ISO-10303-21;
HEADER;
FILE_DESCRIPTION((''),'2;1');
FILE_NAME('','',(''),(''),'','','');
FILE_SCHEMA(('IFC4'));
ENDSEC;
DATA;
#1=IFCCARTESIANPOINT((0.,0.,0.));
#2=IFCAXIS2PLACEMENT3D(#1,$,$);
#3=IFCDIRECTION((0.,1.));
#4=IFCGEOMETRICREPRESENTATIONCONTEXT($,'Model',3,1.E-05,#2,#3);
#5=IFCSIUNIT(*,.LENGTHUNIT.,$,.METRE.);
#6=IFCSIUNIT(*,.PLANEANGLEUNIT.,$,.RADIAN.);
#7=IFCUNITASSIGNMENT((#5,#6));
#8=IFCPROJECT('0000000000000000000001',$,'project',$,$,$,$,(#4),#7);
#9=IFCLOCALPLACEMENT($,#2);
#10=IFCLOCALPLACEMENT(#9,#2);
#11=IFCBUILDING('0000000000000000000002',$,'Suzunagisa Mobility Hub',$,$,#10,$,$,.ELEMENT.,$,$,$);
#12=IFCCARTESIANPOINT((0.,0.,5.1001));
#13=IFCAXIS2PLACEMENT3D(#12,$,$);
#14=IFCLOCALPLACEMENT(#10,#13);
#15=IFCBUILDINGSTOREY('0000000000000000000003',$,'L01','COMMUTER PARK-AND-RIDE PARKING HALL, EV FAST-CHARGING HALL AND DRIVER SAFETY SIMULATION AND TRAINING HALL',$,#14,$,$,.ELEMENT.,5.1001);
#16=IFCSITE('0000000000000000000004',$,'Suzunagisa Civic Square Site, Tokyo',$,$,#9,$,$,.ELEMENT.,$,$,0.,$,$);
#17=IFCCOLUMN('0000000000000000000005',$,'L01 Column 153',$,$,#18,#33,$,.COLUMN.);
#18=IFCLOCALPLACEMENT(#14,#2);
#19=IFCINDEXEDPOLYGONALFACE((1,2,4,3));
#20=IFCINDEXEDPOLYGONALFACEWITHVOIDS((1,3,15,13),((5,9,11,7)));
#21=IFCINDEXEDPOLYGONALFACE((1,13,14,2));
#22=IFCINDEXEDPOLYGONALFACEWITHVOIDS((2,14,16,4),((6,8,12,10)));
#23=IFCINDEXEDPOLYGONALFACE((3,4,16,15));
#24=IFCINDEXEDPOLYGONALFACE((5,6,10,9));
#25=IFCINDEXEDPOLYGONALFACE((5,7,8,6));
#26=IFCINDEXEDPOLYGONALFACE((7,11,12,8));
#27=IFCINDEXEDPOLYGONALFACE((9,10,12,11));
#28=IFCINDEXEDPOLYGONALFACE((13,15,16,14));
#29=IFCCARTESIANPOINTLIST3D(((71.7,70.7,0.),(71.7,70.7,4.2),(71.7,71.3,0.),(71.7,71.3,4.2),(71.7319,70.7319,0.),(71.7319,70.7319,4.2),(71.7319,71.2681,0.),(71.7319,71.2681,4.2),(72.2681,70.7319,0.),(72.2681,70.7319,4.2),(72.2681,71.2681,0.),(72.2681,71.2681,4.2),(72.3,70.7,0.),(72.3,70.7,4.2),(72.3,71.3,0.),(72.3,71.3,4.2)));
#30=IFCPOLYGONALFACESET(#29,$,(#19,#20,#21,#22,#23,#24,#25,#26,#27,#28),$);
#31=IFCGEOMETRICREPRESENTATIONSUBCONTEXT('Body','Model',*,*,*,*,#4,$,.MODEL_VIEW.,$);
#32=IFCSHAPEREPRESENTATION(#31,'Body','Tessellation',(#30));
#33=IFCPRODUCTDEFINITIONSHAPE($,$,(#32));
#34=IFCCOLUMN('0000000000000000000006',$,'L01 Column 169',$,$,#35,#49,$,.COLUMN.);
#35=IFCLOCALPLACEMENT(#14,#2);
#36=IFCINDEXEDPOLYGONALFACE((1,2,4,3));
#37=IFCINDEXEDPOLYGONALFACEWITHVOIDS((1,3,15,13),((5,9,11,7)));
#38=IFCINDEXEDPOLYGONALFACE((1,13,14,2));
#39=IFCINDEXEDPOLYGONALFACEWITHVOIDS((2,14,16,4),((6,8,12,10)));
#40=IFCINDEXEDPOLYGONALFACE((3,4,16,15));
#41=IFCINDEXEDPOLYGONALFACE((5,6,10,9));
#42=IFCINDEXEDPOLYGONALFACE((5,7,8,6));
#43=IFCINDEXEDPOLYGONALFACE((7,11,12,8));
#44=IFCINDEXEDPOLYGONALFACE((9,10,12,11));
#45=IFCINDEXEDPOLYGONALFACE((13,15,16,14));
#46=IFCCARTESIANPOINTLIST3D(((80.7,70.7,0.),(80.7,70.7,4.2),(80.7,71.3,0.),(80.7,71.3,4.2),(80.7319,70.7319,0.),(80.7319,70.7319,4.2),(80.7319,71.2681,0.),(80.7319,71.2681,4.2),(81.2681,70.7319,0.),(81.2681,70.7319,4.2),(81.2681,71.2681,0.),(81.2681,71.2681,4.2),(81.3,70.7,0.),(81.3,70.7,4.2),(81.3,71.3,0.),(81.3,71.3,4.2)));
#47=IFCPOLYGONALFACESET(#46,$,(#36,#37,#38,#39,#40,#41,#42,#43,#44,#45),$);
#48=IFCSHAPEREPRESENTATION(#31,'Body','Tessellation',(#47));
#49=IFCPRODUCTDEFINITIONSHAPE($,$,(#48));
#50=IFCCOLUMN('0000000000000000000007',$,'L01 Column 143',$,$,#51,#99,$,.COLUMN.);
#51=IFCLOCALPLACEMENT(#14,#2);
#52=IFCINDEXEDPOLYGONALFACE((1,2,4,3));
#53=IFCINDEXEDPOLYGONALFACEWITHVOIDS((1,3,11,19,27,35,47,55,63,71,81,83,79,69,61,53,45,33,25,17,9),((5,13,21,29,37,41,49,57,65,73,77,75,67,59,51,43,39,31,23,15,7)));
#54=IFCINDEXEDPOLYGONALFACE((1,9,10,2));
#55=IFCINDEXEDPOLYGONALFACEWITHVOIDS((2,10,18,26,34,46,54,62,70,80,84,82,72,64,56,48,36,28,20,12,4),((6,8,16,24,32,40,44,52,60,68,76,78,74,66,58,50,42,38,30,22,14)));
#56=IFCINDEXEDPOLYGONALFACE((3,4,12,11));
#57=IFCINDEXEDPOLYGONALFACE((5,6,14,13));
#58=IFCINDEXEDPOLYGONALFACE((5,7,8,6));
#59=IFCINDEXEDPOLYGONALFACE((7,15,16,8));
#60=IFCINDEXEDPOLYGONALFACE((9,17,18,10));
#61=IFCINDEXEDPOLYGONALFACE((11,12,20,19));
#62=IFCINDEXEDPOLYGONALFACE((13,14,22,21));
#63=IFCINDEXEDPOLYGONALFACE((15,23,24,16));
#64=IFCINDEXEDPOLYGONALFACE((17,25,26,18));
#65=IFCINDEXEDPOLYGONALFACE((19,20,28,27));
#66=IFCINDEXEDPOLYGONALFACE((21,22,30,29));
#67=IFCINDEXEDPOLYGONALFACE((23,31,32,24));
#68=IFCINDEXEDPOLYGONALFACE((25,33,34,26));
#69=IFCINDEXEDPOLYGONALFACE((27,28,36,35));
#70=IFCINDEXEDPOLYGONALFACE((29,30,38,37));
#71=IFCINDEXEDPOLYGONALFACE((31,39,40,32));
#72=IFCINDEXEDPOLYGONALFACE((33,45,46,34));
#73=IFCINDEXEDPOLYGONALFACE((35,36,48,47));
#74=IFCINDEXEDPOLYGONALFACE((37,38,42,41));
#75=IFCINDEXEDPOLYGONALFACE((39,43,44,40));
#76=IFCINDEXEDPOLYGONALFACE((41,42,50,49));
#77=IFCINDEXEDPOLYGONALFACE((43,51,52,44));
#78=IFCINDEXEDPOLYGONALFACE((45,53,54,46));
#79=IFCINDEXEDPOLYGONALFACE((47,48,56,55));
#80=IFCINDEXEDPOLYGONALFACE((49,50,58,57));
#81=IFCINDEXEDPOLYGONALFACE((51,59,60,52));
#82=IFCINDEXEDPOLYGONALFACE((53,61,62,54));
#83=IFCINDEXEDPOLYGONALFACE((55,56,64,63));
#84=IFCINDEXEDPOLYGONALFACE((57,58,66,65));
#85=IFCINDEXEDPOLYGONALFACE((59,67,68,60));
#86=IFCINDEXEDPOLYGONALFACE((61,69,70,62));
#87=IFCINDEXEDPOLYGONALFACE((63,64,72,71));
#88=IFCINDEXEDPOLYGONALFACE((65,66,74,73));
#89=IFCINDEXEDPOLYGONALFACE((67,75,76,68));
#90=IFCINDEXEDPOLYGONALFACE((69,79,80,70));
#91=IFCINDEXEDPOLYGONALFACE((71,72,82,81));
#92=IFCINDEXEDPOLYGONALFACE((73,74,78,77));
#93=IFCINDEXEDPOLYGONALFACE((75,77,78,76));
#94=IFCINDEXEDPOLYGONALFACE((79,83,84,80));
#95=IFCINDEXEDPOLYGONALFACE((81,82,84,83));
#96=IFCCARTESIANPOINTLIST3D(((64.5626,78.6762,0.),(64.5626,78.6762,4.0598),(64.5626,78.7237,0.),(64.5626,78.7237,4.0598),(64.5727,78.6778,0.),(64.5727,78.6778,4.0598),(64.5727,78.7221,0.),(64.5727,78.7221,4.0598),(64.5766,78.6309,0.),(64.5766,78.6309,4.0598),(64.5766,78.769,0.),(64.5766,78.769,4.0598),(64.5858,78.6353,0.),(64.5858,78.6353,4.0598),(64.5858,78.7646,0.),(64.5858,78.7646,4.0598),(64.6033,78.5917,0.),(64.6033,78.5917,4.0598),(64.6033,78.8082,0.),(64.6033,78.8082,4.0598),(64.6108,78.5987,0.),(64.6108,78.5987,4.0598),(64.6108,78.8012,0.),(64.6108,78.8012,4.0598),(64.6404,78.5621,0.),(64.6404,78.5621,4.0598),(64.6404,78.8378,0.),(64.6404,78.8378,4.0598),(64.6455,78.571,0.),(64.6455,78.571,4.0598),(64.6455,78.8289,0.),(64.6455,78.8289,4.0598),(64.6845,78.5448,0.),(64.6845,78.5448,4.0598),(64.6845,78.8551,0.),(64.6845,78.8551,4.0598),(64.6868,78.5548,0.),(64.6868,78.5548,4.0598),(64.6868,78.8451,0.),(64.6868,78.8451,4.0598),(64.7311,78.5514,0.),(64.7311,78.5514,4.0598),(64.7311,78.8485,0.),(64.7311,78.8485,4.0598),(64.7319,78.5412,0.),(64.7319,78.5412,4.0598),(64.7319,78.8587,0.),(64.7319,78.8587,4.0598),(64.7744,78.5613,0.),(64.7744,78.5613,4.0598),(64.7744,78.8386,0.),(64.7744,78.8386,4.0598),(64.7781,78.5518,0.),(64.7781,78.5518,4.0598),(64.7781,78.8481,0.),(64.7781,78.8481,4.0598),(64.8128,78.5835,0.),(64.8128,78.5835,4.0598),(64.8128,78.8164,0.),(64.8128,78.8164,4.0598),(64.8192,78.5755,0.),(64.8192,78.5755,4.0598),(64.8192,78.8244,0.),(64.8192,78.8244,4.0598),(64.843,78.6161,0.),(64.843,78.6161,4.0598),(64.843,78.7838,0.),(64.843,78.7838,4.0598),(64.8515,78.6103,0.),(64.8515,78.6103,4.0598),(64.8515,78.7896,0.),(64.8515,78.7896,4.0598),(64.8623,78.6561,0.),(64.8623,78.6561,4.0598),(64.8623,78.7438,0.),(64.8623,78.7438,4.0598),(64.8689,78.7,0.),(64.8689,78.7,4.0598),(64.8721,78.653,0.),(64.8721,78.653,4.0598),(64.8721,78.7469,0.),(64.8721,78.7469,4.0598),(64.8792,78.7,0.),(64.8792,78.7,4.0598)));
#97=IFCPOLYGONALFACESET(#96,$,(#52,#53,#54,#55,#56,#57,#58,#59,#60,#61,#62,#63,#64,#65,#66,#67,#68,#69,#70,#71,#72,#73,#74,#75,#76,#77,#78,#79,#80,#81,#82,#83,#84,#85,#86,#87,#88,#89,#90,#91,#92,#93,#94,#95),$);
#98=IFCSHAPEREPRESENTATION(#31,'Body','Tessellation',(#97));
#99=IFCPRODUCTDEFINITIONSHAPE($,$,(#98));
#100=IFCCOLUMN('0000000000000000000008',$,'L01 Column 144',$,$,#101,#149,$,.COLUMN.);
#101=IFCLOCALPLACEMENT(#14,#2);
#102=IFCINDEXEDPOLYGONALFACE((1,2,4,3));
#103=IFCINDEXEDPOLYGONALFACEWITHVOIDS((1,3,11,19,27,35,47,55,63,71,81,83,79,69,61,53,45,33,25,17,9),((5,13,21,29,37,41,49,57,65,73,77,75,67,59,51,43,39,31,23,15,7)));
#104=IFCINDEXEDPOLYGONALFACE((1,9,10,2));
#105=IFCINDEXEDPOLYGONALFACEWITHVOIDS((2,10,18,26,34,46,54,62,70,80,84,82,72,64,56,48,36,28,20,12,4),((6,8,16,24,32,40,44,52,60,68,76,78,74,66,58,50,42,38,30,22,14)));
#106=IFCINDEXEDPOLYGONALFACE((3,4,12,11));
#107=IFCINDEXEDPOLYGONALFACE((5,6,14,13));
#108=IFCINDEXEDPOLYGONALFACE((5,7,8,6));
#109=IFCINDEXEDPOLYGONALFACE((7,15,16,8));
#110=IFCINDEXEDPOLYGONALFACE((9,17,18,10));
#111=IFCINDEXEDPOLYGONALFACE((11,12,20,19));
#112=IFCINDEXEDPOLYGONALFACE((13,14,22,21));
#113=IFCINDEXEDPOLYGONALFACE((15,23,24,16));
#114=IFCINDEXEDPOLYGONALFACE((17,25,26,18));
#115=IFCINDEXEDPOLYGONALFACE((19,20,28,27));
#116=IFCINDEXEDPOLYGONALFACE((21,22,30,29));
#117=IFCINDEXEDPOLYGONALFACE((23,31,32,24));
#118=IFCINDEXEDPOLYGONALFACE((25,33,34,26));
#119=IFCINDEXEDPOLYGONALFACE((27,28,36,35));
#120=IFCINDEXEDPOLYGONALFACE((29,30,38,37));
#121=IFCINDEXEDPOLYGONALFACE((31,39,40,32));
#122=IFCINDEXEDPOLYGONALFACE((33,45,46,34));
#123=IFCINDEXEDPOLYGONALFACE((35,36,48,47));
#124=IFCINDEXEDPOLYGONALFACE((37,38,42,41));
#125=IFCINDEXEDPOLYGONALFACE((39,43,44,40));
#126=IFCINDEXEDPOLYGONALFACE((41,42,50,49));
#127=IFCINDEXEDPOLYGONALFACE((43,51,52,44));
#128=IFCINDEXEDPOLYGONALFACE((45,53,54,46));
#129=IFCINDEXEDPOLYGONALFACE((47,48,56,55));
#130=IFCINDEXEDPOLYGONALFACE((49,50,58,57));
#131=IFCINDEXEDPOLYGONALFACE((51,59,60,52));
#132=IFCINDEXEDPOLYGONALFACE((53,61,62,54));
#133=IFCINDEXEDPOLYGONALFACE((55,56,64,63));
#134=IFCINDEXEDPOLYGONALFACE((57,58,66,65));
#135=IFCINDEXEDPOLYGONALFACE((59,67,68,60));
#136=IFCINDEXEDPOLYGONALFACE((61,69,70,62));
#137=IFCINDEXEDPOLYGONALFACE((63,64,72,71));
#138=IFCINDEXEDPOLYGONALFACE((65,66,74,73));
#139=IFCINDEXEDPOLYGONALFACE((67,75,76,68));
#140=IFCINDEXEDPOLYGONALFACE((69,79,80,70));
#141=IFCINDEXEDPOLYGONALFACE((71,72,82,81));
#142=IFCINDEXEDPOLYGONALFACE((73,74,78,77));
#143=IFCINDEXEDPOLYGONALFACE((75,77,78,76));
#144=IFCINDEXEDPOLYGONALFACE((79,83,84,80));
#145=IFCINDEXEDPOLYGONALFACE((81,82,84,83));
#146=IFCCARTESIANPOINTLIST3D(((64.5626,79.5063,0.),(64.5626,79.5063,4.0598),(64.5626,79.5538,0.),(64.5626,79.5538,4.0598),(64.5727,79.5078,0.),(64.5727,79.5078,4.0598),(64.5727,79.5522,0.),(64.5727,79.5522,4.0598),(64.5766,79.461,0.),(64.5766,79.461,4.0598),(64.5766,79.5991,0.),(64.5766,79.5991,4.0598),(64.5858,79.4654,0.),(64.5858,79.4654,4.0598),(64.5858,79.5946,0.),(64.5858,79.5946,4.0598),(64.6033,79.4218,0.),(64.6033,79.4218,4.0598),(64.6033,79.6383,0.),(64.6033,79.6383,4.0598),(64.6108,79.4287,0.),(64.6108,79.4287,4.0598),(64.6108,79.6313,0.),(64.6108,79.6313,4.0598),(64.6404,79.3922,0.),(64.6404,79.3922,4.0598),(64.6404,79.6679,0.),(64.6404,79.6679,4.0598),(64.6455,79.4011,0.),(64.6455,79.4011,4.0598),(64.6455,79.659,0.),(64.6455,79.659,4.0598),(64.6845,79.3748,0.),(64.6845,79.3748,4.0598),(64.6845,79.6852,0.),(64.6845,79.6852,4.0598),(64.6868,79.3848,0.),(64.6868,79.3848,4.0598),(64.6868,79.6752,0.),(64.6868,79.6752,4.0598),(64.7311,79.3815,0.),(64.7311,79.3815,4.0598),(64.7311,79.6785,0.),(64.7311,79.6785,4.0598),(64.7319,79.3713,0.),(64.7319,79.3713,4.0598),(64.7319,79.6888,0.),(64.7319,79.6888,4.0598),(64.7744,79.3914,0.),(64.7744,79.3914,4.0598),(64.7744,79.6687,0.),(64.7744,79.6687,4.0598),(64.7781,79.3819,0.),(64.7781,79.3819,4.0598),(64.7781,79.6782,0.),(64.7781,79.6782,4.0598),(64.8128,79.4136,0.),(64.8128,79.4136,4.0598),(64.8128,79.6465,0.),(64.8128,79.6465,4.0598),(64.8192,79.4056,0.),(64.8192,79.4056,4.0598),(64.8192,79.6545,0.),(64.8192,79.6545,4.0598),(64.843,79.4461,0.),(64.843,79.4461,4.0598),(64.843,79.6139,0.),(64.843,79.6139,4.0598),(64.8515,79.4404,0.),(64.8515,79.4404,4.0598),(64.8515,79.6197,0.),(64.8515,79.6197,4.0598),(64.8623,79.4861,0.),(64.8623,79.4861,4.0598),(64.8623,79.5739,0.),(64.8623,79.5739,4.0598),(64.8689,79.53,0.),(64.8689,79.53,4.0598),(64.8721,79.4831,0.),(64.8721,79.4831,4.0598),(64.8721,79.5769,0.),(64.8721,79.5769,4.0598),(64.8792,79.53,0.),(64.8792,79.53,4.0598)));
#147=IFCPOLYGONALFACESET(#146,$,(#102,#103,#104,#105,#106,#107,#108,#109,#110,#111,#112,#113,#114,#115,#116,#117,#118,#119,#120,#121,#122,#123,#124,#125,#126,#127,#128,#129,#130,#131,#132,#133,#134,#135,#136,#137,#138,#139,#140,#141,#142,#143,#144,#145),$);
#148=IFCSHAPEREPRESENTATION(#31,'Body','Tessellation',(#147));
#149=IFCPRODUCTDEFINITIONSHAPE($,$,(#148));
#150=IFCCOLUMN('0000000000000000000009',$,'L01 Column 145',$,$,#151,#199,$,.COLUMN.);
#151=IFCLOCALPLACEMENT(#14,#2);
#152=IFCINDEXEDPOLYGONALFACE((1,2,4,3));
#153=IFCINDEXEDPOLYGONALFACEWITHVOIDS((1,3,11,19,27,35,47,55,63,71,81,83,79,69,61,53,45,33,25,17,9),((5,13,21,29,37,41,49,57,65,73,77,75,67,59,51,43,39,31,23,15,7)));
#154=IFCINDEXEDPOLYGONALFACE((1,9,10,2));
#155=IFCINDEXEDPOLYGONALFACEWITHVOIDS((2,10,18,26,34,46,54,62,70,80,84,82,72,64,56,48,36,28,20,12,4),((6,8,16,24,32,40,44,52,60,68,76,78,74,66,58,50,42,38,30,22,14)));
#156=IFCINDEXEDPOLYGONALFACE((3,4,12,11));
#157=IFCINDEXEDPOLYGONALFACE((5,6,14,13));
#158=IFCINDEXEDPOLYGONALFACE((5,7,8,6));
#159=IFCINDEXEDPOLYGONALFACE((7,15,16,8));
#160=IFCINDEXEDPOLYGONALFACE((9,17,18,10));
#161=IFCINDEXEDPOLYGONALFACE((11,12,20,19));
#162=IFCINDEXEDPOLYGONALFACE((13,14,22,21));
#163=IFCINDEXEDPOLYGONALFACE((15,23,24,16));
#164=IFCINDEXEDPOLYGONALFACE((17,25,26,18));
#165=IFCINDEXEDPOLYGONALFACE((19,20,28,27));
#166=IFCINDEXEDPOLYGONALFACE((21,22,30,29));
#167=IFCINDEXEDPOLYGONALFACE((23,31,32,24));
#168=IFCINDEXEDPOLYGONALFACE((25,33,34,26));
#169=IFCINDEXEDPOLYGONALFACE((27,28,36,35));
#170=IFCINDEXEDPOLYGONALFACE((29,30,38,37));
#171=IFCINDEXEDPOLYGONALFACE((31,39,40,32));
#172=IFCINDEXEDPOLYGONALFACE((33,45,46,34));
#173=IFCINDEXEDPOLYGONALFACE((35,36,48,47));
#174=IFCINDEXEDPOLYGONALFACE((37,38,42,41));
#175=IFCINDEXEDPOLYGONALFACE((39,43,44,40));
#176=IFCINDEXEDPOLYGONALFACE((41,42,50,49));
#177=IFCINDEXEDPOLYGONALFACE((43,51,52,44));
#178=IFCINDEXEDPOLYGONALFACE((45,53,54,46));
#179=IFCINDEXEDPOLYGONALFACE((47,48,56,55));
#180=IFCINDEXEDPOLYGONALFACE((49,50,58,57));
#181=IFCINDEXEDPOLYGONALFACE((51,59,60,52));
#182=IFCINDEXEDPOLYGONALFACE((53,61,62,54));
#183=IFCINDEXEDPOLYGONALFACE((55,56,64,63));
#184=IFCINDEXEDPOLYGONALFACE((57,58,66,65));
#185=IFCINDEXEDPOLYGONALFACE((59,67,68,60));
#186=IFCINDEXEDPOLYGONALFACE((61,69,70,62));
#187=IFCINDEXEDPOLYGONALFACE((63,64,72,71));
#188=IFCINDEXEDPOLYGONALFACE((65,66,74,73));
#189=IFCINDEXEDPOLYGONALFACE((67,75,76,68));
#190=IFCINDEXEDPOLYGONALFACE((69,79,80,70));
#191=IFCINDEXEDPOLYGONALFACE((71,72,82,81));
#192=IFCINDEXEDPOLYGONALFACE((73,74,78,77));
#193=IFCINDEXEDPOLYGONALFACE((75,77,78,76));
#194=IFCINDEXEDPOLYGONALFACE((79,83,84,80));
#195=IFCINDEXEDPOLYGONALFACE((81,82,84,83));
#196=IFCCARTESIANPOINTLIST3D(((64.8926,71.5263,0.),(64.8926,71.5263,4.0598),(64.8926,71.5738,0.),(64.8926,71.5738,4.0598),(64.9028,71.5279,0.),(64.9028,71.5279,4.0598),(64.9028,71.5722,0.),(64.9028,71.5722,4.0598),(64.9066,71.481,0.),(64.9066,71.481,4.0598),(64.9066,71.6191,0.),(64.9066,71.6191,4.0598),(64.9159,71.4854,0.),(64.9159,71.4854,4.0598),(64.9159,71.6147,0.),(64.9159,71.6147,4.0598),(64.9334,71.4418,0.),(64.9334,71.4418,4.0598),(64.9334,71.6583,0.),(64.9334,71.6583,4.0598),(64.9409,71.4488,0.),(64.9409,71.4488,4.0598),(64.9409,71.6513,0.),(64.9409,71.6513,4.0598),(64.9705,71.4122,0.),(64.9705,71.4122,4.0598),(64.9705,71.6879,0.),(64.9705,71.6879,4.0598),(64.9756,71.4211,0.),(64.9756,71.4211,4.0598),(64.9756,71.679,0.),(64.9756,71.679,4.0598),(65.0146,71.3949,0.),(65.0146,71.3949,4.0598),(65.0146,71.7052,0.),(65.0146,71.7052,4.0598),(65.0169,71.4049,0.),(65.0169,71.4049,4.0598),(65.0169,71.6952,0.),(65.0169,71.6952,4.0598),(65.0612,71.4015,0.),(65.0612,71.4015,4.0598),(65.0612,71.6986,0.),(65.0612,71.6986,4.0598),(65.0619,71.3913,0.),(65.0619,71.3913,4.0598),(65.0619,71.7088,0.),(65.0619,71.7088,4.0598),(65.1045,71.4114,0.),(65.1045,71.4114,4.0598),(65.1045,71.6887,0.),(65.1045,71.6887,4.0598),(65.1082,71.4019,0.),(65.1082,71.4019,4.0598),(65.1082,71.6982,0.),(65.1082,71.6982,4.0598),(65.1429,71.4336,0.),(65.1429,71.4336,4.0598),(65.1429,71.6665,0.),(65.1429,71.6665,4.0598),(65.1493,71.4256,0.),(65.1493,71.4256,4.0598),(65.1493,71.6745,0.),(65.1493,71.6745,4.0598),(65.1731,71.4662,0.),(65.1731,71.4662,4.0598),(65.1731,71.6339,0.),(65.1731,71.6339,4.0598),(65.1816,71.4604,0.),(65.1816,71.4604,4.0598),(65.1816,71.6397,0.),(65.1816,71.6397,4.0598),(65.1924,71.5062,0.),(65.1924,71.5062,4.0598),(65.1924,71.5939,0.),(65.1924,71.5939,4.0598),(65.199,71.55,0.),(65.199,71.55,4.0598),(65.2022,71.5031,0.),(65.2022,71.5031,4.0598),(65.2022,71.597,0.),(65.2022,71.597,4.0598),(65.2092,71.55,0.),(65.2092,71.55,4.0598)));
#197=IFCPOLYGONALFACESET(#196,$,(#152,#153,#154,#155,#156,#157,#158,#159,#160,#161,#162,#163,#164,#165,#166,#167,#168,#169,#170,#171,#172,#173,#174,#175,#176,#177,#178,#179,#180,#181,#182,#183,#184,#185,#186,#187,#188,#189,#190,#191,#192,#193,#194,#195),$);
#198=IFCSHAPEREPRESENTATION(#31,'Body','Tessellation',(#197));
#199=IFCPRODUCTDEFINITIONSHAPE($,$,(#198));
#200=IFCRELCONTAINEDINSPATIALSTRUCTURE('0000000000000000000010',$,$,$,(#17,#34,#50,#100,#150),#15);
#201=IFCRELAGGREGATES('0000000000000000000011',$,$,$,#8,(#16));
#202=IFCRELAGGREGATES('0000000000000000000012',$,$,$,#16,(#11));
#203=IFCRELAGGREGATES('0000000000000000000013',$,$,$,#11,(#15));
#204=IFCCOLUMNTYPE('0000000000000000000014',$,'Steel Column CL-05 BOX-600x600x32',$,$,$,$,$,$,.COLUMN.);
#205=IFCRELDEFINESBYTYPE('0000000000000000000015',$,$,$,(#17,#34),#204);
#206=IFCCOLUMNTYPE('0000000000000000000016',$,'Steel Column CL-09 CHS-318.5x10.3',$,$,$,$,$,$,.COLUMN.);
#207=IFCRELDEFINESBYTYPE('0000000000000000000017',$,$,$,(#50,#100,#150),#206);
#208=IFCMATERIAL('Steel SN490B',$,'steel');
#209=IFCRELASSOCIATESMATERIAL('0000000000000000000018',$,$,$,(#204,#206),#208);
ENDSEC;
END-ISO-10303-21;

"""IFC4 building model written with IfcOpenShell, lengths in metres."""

from ifc_helpers import new_model, si_unit, direction, frame, origin, origin_2d, place, context, subcontext, project, spatial, hollow_rectangle, hollow_circle, extrude, material, material_profile, profile_set, type_object, element, save


model = new_model("IFC4")

# Units and contexts
model_context = context("Model", 3, precision=1e-05, world=origin(), true_north=direction((0.0, 1.0)))
body_context = subcontext(model_context, "Body", "Model", "MODEL_VIEW")
ifc_project = project(units=[si_unit("LENGTHUNIT", "METRE"), si_unit("PLANEANGLEUNIT", "RADIAN")], contexts=[model_context])

# Site, building, storey
site_placement = place(None, origin())
site = spatial("IfcSite", under=ifc_project, at=site_placement, Name="Suzunagisa Civic Square Site, Tokyo", CompositionType="ELEMENT", RefElevation=0.0)
building_placement = place(site_placement, origin())
building = spatial("IfcBuilding", under=site, at=building_placement, Name="Suzunagisa Mobility Hub", CompositionType="ELEMENT")
storey_placement = place(building_placement, frame((0.0, 0.0, 5.1001)))
storey = spatial("IfcBuildingStorey", under=building, at=storey_placement, Name="L01", Description="COMMUTER PARK-AND-RIDE PARKING HALL, EV FAST-CHARGING HALL AND DRIVER SAFETY SIMULATION AND TRAINING HALL", CompositionType="ELEMENT", Elevation=5.1001)

# Columns
ifc_material_1 = material(Name="Steel SN490B", Category="steel")
ifc_material_profile_1 = material_profile(ifc_material_1, hollow_rectangle(XDim=0.6001, YDim=0.6001, WallThickness=0.032, at=origin_2d()), Name="BOX-600x600x32")
ifc_profile_set_1 = profile_set([ifc_material_profile_1], Name="Steel SN490B")
column_type_1 = type_object("IfcColumnType", Name="Steel Column CL-05 BOX-600x600x32", PredefinedType="COLUMN", material=ifc_profile_set_1)
for number, where, z_axis, x_axis, name in (
    (1, (72.0, 71.0, 0.0), (0.0, 0.0, 1.0), (1.0, 0.0, 0.0), "L01 Column 153"),
    (2, (81.0, 71.0, 0.0), (0.0, 0.0, 1.0), (1.0, 0.0, 0.0), "L01 Column 169"),
):
    element("IfcColumn", number, at=place(storey_placement, frame(where, z_axis=z_axis, x_axis=x_axis)), inside=storey, type_object=column_type_1, Name=name, PredefinedType="COLUMN", context=body_context, shape_type="SweptSolid", body=[
        extrude(hollow_rectangle(XDim=0.6001, YDim=0.6001, WallThickness=0.032, at=origin_2d()), origin(), (0.0, 0.0, 1.0), 4.2),
    ])
ifc_material_profile_2 = material_profile(ifc_material_1, hollow_circle(Radius=0.1592, WallThickness=0.0103, at=origin_2d()), Name="CHS-318.5x10.3")
ifc_profile_set_2 = profile_set([ifc_material_profile_2], Name="Steel SN490B")
column_type_2 = type_object("IfcColumnType", Name="Steel Column CL-09 CHS-318.5x10.3", PredefinedType="COLUMN", material=ifc_profile_set_2)
for number, where, z_axis, x_axis, name in (
    (3, (64.72, 78.7, 0.0), (0.0, 0.0, 1.0), (1.0, 0.0, 0.0), "L01 Column 143"),
    (4, (64.72, 79.53, 0.0), (0.0, 0.0, 1.0), (1.0, 0.0, 0.0), "L01 Column 144"),
    (5, (65.05, 71.55, 0.0), (0.0, 0.0, 1.0), (1.0, 0.0, 0.0), "L01 Column 145"),
):
    element("IfcColumn", number, at=place(storey_placement, frame(where, z_axis=z_axis, x_axis=x_axis)), inside=storey, type_object=column_type_2, Name=name, PredefinedType="COLUMN", context=body_context, shape_type="SweptSolid", body=[
        extrude(hollow_circle(Radius=0.1592, WallThickness=0.0103, at=origin_2d()), origin(), (0.0, 0.0, 1.0), 4.0598),
    ])

save(model, "model.ifc")
